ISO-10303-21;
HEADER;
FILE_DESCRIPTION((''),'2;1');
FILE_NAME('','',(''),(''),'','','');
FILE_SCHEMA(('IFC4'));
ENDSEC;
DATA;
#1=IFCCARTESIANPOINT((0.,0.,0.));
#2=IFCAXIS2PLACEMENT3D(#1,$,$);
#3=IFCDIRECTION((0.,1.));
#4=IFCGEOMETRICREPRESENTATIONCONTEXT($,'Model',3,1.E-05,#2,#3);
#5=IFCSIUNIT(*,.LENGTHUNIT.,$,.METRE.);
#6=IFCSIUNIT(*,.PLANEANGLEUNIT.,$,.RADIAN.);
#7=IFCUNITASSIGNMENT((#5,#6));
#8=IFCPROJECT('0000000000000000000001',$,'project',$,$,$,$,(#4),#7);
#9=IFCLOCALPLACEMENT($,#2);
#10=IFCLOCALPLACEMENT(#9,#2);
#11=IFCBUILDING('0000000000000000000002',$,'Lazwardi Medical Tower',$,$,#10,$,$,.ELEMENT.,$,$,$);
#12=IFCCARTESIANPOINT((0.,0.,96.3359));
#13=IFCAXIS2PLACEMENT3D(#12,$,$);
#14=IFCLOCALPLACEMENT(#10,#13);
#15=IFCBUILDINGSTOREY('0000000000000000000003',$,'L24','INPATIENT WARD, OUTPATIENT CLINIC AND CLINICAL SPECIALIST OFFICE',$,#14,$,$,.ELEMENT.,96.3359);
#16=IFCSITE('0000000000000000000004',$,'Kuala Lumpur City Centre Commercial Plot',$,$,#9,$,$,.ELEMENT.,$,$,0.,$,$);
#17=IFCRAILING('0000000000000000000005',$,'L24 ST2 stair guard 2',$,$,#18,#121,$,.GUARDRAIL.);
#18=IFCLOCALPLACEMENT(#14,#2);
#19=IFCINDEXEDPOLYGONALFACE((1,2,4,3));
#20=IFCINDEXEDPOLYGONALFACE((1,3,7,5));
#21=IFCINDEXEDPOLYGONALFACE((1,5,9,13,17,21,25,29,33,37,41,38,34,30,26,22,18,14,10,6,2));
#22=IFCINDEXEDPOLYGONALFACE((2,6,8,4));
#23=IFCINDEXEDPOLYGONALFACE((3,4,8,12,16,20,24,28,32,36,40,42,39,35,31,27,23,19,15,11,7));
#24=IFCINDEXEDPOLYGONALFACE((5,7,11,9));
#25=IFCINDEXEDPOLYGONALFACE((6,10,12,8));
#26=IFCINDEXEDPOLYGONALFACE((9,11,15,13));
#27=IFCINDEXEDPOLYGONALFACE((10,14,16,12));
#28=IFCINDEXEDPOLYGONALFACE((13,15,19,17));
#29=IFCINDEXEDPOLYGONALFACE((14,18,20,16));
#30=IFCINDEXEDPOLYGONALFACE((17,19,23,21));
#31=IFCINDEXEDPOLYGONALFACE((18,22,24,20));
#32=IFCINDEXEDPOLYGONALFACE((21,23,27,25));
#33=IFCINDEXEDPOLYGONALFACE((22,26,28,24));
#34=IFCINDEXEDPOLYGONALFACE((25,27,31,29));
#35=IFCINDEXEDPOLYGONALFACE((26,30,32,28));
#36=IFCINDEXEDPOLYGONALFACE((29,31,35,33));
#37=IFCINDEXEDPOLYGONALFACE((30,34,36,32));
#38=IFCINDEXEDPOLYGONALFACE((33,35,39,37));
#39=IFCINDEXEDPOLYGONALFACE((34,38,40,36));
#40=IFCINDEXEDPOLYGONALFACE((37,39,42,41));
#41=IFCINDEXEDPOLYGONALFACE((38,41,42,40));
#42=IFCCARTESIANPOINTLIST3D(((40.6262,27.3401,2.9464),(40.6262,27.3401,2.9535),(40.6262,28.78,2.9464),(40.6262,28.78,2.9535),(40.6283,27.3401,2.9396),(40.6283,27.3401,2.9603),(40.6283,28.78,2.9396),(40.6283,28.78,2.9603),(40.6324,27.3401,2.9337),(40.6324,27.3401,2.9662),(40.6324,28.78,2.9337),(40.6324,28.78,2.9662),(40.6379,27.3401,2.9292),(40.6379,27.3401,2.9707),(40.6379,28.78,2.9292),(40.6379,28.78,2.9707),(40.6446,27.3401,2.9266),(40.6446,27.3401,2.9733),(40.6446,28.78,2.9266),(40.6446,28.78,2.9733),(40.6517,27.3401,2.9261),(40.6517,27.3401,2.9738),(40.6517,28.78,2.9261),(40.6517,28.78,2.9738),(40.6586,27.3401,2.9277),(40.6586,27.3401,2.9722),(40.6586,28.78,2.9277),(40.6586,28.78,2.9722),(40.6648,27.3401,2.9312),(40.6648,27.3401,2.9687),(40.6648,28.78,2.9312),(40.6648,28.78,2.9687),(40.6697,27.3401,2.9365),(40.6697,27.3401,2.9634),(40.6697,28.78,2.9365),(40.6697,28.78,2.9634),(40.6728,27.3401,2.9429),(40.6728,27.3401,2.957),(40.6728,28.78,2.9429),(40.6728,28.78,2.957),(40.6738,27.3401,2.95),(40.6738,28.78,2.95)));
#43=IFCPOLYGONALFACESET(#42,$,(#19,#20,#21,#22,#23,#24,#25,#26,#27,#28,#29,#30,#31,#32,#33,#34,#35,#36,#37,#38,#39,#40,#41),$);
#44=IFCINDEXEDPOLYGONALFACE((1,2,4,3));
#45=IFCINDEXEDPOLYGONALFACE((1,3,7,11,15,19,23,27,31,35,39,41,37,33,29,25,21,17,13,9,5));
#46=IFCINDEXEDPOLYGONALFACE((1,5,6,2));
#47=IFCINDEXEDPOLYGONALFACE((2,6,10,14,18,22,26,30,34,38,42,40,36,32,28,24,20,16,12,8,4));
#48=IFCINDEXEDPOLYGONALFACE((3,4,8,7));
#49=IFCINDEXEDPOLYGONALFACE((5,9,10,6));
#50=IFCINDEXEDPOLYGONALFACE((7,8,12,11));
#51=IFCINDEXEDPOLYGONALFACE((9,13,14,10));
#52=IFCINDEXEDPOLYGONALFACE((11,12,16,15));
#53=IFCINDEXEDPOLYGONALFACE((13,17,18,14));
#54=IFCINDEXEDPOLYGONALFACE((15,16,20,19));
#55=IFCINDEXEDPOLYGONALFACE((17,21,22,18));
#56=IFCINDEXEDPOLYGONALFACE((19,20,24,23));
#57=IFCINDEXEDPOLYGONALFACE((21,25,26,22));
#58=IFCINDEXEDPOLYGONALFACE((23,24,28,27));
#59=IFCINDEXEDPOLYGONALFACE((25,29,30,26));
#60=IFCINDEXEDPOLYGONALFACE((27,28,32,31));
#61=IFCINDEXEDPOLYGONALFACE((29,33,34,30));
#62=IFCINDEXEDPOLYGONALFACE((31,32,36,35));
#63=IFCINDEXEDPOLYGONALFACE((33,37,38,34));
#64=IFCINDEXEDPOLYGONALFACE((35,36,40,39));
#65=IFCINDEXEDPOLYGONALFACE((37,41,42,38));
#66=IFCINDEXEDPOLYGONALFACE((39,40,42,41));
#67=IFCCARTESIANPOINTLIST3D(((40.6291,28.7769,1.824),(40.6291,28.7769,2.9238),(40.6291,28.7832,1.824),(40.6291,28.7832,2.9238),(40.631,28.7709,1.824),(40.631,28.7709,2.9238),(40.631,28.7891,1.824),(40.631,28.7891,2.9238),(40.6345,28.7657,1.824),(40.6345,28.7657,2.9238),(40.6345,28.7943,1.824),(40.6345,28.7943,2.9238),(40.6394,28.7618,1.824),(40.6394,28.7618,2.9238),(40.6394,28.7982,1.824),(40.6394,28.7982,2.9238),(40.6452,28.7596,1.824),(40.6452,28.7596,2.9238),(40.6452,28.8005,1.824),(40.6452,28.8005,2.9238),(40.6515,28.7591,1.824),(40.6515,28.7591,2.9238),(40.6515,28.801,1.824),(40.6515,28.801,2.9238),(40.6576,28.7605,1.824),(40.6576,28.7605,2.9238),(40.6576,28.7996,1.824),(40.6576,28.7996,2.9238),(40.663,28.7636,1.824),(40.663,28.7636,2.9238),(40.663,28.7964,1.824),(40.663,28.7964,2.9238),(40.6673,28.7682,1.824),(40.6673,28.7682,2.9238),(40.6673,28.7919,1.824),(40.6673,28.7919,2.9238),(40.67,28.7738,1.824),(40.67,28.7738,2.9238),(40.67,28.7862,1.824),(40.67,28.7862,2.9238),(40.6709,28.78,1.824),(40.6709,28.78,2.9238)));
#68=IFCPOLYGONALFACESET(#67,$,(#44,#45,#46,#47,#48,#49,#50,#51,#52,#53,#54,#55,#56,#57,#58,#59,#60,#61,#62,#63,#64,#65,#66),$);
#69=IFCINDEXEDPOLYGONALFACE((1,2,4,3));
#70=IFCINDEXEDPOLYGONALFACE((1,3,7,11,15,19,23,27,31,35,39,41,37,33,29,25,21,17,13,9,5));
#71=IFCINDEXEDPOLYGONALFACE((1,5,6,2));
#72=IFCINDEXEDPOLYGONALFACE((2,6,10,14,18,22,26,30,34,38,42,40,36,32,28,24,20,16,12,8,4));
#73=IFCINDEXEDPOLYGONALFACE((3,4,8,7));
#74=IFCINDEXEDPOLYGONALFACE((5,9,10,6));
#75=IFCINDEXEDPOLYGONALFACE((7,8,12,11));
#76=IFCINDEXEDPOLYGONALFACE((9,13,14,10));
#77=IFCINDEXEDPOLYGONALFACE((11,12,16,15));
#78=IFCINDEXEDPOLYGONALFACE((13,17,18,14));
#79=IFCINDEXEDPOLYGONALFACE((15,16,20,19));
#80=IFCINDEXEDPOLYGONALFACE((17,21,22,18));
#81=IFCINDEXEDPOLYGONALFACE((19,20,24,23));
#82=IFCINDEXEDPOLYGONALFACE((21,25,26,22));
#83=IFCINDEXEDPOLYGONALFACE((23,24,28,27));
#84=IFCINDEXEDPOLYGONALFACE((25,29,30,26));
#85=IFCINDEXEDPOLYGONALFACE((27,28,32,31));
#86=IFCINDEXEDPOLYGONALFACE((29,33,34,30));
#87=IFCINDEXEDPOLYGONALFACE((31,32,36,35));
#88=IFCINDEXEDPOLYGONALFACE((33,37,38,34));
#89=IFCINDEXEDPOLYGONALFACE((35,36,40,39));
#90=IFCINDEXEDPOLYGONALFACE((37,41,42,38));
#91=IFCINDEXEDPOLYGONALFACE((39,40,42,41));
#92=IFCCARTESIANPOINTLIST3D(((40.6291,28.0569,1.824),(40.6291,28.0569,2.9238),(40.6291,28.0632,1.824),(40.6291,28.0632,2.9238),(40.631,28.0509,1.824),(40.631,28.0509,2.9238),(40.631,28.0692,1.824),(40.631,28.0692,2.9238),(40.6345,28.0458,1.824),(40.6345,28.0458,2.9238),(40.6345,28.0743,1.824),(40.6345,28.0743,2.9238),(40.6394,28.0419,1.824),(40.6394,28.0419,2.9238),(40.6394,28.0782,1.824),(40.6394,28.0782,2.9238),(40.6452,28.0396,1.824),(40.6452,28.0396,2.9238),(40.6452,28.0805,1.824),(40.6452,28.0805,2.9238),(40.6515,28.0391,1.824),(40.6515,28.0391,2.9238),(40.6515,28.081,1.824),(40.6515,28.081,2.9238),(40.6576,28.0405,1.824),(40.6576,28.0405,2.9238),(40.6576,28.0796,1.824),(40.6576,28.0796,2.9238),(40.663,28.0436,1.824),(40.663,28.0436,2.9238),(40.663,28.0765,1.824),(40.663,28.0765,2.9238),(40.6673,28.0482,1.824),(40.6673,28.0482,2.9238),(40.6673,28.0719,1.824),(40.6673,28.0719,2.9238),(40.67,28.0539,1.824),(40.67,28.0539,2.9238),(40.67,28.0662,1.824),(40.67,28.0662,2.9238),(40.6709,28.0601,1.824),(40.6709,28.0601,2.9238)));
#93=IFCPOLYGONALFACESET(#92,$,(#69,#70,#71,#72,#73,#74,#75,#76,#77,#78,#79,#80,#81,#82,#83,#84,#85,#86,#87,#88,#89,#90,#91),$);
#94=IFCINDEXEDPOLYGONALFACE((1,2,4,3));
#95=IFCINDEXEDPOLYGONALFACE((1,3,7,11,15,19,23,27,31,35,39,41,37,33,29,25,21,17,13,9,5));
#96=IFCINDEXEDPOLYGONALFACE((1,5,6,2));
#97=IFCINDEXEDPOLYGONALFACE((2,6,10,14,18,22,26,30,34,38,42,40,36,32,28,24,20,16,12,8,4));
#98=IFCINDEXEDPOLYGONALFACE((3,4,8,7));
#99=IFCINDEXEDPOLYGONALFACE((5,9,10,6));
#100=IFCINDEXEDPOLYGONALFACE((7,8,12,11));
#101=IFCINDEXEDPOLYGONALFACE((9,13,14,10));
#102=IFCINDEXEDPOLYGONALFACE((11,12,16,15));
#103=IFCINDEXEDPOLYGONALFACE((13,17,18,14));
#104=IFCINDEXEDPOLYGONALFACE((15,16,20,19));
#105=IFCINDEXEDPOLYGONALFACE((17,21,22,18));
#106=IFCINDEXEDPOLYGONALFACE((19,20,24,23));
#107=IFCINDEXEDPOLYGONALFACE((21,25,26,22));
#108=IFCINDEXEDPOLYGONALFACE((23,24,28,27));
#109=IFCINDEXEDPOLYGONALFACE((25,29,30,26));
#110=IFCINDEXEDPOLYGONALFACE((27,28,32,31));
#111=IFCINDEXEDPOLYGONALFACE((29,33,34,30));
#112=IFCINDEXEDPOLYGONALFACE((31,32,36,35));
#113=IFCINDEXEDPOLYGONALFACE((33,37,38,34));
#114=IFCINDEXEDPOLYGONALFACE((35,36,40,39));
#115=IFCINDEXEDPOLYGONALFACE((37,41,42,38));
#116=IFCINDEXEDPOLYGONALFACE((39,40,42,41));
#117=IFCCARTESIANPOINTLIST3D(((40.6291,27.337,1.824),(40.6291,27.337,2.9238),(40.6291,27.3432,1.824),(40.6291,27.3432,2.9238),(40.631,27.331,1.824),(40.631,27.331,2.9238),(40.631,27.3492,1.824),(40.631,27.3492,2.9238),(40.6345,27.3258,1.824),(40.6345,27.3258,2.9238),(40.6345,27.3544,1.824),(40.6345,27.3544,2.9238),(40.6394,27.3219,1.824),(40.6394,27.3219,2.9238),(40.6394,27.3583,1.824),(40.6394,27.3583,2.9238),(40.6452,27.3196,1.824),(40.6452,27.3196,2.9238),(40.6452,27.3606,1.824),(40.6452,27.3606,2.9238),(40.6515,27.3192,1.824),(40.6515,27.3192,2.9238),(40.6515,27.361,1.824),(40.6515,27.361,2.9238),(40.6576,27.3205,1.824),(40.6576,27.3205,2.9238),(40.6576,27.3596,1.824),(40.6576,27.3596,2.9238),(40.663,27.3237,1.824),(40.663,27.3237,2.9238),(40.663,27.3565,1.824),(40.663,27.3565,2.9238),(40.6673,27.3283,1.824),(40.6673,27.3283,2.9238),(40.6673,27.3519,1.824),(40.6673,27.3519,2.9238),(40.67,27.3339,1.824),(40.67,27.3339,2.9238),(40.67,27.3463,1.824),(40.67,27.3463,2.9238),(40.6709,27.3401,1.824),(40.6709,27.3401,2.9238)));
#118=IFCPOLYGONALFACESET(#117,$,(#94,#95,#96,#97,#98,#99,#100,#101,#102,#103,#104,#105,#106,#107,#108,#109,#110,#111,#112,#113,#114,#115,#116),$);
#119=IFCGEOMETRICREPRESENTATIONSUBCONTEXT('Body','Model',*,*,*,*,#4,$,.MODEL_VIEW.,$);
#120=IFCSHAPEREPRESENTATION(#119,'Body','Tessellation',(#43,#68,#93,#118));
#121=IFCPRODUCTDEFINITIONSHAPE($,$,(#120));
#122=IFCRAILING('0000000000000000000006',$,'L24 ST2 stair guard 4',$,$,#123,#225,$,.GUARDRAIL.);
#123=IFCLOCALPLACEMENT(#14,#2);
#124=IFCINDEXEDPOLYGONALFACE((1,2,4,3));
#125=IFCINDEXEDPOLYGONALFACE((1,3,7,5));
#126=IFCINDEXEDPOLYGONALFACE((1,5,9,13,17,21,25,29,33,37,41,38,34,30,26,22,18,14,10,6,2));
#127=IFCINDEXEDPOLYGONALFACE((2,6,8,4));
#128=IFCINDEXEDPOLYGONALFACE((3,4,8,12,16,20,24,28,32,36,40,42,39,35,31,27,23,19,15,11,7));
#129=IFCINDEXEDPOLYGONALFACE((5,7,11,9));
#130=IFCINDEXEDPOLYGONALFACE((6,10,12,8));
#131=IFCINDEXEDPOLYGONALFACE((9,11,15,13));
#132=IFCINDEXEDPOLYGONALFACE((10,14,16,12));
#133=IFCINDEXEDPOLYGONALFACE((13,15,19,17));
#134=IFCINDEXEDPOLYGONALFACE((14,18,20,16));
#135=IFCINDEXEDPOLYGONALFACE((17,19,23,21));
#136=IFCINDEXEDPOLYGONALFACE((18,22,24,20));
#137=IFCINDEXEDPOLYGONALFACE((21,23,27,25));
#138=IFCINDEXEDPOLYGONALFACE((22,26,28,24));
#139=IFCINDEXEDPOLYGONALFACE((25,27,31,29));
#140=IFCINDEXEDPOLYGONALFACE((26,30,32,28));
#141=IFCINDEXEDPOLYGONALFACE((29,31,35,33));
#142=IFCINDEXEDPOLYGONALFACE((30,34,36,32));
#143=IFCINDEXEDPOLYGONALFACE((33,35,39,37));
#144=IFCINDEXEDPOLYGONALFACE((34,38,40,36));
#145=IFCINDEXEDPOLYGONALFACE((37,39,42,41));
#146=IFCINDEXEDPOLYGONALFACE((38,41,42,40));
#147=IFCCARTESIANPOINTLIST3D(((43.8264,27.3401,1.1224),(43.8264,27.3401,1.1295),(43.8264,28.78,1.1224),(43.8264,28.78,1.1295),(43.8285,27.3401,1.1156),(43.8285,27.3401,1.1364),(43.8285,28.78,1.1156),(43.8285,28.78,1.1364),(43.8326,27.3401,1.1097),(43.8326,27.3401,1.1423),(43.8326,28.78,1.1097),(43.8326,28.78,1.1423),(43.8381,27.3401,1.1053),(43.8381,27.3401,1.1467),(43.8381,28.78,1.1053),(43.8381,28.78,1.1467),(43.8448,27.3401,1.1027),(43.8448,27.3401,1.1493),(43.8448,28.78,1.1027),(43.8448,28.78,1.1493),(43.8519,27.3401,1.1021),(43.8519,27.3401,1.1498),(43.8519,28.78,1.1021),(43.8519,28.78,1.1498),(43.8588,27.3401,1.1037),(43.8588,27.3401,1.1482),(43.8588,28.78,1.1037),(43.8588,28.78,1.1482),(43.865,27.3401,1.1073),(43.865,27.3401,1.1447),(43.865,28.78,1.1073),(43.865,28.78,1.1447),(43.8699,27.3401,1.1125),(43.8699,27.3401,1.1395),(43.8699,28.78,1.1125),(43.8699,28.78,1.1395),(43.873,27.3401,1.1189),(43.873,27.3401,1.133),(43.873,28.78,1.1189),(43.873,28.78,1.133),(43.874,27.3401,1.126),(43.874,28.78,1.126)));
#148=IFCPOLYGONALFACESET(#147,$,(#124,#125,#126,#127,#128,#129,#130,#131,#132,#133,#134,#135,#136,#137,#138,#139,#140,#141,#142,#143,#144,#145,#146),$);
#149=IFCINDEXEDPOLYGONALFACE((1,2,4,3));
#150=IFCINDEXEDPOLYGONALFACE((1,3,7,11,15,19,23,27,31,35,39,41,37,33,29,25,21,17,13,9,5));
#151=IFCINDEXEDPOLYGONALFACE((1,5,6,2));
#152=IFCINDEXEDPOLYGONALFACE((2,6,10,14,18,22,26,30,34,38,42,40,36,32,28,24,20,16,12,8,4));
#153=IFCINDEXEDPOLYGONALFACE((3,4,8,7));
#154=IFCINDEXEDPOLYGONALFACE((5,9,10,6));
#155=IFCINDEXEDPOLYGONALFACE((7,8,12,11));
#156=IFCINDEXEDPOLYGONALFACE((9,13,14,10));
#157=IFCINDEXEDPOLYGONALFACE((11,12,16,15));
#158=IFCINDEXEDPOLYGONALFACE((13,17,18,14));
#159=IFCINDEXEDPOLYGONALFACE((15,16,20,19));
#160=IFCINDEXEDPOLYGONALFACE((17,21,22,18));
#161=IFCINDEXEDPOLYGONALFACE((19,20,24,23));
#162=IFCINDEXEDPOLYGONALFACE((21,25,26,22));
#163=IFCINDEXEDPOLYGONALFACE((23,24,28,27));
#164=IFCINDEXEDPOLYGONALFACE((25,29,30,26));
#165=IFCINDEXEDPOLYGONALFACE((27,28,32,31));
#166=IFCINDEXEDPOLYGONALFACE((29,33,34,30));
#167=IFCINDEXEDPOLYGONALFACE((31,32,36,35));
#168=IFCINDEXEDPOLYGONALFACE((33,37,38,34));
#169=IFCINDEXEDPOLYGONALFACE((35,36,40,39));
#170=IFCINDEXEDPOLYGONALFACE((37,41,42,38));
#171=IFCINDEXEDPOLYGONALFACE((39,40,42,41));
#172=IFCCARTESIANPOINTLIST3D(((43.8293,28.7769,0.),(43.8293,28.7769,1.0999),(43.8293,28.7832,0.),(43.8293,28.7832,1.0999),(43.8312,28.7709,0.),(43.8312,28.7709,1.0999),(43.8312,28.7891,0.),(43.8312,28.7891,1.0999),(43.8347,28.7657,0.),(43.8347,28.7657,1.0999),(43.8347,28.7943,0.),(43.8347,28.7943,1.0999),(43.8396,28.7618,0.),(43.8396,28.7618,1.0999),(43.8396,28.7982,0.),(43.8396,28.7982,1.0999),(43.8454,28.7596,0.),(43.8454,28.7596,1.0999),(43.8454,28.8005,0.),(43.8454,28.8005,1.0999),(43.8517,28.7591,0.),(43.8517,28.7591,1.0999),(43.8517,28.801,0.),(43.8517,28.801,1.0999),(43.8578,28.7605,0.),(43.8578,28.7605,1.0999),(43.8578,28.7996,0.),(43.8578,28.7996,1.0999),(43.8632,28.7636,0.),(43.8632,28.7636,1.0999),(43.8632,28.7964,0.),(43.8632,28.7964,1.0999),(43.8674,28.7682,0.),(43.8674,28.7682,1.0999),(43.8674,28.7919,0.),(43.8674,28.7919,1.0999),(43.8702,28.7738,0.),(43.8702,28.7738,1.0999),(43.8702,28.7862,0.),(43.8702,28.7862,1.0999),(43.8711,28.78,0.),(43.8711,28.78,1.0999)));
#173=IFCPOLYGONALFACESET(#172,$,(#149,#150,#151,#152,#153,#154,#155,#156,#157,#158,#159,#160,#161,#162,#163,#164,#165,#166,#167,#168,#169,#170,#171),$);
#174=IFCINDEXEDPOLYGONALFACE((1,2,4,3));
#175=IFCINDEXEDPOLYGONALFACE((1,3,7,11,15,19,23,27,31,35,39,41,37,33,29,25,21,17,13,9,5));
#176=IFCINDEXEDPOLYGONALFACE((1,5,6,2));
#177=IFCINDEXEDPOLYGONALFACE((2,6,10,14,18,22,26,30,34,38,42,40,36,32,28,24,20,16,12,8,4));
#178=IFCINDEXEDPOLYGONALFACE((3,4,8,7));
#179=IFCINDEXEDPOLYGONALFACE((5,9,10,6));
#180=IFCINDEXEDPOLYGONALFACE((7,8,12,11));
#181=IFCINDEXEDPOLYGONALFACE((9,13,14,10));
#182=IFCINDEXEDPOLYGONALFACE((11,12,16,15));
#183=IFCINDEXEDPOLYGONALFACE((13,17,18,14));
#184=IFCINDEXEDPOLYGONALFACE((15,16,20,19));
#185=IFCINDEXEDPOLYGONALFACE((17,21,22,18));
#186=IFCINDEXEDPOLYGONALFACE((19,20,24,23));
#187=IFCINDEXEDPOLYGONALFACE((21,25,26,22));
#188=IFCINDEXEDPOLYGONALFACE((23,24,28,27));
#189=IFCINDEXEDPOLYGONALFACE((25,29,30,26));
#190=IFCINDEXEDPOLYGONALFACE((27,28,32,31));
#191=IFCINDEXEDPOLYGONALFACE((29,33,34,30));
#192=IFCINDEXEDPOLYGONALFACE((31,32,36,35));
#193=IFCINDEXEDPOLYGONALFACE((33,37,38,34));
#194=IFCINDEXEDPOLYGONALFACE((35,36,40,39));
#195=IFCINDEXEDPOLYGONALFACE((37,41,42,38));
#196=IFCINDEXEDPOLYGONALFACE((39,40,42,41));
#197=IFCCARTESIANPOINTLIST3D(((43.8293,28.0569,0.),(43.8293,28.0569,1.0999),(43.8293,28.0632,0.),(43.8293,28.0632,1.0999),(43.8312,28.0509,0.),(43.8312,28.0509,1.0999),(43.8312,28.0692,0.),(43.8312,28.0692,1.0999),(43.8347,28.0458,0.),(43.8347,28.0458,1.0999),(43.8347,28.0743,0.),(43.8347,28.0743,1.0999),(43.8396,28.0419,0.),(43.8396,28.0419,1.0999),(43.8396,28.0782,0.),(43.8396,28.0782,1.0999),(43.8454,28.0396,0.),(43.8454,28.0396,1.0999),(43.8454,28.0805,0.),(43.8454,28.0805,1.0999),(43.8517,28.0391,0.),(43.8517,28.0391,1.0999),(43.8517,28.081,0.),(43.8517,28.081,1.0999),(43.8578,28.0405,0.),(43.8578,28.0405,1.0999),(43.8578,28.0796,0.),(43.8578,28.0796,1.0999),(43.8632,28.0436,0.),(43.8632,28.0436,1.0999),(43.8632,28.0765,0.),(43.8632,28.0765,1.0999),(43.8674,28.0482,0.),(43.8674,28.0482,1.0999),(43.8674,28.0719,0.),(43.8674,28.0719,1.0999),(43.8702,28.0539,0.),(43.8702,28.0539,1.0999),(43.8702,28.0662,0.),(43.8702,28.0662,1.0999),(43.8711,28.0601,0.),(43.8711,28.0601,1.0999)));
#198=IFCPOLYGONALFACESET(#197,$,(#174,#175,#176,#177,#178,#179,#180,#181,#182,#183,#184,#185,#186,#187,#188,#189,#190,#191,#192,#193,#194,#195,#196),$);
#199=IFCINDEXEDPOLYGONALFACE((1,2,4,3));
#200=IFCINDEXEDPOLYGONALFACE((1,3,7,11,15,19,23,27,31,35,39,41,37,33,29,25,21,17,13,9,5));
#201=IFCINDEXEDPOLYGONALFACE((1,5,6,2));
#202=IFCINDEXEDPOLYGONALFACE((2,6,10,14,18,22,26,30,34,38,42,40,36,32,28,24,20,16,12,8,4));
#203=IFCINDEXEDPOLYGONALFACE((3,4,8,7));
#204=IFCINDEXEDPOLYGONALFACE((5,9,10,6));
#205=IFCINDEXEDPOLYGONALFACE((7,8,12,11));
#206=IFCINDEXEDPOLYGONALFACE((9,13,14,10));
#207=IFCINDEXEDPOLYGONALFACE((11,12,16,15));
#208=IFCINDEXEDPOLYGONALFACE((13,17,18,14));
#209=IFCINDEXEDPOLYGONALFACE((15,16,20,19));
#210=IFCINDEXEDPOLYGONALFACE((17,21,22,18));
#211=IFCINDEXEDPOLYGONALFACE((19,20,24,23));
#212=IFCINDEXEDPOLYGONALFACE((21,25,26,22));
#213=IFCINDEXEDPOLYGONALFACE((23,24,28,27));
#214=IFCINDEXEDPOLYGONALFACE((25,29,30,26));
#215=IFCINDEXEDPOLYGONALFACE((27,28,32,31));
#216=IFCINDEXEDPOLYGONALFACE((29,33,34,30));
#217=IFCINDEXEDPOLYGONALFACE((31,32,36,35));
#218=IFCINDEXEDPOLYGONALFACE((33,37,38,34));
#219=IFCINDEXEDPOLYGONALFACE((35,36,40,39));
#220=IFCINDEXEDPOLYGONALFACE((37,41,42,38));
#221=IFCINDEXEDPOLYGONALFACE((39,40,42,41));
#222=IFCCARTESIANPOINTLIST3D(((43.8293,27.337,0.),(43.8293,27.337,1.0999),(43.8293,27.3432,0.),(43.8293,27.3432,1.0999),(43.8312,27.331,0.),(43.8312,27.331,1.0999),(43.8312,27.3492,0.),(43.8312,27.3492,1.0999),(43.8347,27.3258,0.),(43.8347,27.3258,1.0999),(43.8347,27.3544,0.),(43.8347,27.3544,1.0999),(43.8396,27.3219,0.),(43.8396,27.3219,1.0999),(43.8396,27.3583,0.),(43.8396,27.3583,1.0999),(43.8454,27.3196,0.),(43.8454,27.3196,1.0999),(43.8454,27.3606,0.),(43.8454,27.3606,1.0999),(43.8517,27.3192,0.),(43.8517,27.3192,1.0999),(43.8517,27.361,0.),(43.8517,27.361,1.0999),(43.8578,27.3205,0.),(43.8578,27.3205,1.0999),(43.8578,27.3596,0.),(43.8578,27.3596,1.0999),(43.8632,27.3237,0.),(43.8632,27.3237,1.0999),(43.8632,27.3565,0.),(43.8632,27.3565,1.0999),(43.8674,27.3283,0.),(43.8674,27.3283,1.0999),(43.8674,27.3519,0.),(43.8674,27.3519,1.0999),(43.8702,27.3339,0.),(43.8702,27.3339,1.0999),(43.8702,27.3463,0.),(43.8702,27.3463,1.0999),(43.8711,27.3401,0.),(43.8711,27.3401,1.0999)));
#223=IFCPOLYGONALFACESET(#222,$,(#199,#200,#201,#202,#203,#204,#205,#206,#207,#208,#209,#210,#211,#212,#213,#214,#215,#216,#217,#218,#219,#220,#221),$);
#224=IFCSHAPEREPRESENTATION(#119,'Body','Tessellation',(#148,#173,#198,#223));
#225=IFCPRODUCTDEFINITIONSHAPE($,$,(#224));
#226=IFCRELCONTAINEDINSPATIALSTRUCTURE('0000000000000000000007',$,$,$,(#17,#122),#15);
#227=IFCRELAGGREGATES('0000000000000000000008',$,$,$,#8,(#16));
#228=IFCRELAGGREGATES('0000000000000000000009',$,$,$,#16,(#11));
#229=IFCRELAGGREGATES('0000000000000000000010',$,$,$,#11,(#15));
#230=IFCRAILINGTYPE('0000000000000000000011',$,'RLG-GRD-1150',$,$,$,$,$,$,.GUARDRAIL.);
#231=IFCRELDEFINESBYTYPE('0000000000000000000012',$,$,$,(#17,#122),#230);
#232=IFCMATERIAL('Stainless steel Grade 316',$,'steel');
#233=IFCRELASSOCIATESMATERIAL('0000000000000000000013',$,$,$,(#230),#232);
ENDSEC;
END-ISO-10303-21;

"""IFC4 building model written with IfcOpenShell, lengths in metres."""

from ifc_helpers import new_model, si_unit, direction, frame, origin, origin_2d, place, context, subcontext, project, spatial, circle, extrude, material, type_object, element, save


model = new_model("IFC4")

# Units and contexts
model_context = context("Model", 3, precision=1e-05, world=origin(), true_north=direction((0.0, 1.0)))
body_context = subcontext(model_context, "Body", "Model", "MODEL_VIEW")
ifc_project = project(units=[si_unit("LENGTHUNIT", "METRE"), si_unit("PLANEANGLEUNIT", "RADIAN")], contexts=[model_context])

# Site, building, storey
site_placement = place(None, origin())
site = spatial("IfcSite", under=ifc_project, at=site_placement, Name="Kuala Lumpur City Centre Commercial Plot", CompositionType="ELEMENT", RefElevation=0.0)
building_placement = place(site_placement, origin())
building = spatial("IfcBuilding", under=site, at=building_placement, Name="Lazwardi Medical Tower", CompositionType="ELEMENT")
storey_placement = place(building_placement, frame((0.0, 0.0, 96.3359)))
storey = spatial("IfcBuildingStorey", under=building, at=storey_placement, Name="L24", Description="INPATIENT WARD, OUTPATIENT CLINIC AND CLINICAL SPECIALIST OFFICE", CompositionType="ELEMENT", Elevation=96.3359)

# Railings
ifc_material_1 = material(Name="Stainless steel Grade 316", Category="steel")
railing_type_1 = type_object("IfcRailingType", Name="RLG-GRD-1150", PredefinedType="GUARDRAIL", material=ifc_material_1)
for number, where, name in (
    (1, (40.6499, 28.78, 1.824), "L24 ST2 stair guard 2"),
    (2, (43.8501, 28.78, 0.0), "L24 ST2 stair guard 4"),
):
    element("IfcRailing", number, at=place(storey_placement, frame(where)), inside=storey, type_object=railing_type_1, Name=name, PredefinedType="GUARDRAIL", context=body_context, shape_type="SweptSolid", body=[
        extrude(circle(Radius=0.0239, at=origin_2d()), frame((0.0, 0.0, 1.126), z_axis=(0.0, -1.0, 0.0), x_axis=(1.0, 0.0, 0.0)), (0.0, 0.0, 1.0), 1.4399),
        extrude(circle(Radius=0.021, at=origin_2d()), origin(), (0.0, 0.0, 1.0), 1.0999),
        extrude(circle(Radius=0.021, at=origin_2d()), frame((0.0, -0.72, 0.0)), (0.0, 0.0, 1.0), 1.0999),
        extrude(circle(Radius=0.021, at=origin_2d()), frame((0.0, -1.4399, 0.0)), (0.0, 0.0, 1.0), 1.0999),
    ])

save(model, "model.ifc")
